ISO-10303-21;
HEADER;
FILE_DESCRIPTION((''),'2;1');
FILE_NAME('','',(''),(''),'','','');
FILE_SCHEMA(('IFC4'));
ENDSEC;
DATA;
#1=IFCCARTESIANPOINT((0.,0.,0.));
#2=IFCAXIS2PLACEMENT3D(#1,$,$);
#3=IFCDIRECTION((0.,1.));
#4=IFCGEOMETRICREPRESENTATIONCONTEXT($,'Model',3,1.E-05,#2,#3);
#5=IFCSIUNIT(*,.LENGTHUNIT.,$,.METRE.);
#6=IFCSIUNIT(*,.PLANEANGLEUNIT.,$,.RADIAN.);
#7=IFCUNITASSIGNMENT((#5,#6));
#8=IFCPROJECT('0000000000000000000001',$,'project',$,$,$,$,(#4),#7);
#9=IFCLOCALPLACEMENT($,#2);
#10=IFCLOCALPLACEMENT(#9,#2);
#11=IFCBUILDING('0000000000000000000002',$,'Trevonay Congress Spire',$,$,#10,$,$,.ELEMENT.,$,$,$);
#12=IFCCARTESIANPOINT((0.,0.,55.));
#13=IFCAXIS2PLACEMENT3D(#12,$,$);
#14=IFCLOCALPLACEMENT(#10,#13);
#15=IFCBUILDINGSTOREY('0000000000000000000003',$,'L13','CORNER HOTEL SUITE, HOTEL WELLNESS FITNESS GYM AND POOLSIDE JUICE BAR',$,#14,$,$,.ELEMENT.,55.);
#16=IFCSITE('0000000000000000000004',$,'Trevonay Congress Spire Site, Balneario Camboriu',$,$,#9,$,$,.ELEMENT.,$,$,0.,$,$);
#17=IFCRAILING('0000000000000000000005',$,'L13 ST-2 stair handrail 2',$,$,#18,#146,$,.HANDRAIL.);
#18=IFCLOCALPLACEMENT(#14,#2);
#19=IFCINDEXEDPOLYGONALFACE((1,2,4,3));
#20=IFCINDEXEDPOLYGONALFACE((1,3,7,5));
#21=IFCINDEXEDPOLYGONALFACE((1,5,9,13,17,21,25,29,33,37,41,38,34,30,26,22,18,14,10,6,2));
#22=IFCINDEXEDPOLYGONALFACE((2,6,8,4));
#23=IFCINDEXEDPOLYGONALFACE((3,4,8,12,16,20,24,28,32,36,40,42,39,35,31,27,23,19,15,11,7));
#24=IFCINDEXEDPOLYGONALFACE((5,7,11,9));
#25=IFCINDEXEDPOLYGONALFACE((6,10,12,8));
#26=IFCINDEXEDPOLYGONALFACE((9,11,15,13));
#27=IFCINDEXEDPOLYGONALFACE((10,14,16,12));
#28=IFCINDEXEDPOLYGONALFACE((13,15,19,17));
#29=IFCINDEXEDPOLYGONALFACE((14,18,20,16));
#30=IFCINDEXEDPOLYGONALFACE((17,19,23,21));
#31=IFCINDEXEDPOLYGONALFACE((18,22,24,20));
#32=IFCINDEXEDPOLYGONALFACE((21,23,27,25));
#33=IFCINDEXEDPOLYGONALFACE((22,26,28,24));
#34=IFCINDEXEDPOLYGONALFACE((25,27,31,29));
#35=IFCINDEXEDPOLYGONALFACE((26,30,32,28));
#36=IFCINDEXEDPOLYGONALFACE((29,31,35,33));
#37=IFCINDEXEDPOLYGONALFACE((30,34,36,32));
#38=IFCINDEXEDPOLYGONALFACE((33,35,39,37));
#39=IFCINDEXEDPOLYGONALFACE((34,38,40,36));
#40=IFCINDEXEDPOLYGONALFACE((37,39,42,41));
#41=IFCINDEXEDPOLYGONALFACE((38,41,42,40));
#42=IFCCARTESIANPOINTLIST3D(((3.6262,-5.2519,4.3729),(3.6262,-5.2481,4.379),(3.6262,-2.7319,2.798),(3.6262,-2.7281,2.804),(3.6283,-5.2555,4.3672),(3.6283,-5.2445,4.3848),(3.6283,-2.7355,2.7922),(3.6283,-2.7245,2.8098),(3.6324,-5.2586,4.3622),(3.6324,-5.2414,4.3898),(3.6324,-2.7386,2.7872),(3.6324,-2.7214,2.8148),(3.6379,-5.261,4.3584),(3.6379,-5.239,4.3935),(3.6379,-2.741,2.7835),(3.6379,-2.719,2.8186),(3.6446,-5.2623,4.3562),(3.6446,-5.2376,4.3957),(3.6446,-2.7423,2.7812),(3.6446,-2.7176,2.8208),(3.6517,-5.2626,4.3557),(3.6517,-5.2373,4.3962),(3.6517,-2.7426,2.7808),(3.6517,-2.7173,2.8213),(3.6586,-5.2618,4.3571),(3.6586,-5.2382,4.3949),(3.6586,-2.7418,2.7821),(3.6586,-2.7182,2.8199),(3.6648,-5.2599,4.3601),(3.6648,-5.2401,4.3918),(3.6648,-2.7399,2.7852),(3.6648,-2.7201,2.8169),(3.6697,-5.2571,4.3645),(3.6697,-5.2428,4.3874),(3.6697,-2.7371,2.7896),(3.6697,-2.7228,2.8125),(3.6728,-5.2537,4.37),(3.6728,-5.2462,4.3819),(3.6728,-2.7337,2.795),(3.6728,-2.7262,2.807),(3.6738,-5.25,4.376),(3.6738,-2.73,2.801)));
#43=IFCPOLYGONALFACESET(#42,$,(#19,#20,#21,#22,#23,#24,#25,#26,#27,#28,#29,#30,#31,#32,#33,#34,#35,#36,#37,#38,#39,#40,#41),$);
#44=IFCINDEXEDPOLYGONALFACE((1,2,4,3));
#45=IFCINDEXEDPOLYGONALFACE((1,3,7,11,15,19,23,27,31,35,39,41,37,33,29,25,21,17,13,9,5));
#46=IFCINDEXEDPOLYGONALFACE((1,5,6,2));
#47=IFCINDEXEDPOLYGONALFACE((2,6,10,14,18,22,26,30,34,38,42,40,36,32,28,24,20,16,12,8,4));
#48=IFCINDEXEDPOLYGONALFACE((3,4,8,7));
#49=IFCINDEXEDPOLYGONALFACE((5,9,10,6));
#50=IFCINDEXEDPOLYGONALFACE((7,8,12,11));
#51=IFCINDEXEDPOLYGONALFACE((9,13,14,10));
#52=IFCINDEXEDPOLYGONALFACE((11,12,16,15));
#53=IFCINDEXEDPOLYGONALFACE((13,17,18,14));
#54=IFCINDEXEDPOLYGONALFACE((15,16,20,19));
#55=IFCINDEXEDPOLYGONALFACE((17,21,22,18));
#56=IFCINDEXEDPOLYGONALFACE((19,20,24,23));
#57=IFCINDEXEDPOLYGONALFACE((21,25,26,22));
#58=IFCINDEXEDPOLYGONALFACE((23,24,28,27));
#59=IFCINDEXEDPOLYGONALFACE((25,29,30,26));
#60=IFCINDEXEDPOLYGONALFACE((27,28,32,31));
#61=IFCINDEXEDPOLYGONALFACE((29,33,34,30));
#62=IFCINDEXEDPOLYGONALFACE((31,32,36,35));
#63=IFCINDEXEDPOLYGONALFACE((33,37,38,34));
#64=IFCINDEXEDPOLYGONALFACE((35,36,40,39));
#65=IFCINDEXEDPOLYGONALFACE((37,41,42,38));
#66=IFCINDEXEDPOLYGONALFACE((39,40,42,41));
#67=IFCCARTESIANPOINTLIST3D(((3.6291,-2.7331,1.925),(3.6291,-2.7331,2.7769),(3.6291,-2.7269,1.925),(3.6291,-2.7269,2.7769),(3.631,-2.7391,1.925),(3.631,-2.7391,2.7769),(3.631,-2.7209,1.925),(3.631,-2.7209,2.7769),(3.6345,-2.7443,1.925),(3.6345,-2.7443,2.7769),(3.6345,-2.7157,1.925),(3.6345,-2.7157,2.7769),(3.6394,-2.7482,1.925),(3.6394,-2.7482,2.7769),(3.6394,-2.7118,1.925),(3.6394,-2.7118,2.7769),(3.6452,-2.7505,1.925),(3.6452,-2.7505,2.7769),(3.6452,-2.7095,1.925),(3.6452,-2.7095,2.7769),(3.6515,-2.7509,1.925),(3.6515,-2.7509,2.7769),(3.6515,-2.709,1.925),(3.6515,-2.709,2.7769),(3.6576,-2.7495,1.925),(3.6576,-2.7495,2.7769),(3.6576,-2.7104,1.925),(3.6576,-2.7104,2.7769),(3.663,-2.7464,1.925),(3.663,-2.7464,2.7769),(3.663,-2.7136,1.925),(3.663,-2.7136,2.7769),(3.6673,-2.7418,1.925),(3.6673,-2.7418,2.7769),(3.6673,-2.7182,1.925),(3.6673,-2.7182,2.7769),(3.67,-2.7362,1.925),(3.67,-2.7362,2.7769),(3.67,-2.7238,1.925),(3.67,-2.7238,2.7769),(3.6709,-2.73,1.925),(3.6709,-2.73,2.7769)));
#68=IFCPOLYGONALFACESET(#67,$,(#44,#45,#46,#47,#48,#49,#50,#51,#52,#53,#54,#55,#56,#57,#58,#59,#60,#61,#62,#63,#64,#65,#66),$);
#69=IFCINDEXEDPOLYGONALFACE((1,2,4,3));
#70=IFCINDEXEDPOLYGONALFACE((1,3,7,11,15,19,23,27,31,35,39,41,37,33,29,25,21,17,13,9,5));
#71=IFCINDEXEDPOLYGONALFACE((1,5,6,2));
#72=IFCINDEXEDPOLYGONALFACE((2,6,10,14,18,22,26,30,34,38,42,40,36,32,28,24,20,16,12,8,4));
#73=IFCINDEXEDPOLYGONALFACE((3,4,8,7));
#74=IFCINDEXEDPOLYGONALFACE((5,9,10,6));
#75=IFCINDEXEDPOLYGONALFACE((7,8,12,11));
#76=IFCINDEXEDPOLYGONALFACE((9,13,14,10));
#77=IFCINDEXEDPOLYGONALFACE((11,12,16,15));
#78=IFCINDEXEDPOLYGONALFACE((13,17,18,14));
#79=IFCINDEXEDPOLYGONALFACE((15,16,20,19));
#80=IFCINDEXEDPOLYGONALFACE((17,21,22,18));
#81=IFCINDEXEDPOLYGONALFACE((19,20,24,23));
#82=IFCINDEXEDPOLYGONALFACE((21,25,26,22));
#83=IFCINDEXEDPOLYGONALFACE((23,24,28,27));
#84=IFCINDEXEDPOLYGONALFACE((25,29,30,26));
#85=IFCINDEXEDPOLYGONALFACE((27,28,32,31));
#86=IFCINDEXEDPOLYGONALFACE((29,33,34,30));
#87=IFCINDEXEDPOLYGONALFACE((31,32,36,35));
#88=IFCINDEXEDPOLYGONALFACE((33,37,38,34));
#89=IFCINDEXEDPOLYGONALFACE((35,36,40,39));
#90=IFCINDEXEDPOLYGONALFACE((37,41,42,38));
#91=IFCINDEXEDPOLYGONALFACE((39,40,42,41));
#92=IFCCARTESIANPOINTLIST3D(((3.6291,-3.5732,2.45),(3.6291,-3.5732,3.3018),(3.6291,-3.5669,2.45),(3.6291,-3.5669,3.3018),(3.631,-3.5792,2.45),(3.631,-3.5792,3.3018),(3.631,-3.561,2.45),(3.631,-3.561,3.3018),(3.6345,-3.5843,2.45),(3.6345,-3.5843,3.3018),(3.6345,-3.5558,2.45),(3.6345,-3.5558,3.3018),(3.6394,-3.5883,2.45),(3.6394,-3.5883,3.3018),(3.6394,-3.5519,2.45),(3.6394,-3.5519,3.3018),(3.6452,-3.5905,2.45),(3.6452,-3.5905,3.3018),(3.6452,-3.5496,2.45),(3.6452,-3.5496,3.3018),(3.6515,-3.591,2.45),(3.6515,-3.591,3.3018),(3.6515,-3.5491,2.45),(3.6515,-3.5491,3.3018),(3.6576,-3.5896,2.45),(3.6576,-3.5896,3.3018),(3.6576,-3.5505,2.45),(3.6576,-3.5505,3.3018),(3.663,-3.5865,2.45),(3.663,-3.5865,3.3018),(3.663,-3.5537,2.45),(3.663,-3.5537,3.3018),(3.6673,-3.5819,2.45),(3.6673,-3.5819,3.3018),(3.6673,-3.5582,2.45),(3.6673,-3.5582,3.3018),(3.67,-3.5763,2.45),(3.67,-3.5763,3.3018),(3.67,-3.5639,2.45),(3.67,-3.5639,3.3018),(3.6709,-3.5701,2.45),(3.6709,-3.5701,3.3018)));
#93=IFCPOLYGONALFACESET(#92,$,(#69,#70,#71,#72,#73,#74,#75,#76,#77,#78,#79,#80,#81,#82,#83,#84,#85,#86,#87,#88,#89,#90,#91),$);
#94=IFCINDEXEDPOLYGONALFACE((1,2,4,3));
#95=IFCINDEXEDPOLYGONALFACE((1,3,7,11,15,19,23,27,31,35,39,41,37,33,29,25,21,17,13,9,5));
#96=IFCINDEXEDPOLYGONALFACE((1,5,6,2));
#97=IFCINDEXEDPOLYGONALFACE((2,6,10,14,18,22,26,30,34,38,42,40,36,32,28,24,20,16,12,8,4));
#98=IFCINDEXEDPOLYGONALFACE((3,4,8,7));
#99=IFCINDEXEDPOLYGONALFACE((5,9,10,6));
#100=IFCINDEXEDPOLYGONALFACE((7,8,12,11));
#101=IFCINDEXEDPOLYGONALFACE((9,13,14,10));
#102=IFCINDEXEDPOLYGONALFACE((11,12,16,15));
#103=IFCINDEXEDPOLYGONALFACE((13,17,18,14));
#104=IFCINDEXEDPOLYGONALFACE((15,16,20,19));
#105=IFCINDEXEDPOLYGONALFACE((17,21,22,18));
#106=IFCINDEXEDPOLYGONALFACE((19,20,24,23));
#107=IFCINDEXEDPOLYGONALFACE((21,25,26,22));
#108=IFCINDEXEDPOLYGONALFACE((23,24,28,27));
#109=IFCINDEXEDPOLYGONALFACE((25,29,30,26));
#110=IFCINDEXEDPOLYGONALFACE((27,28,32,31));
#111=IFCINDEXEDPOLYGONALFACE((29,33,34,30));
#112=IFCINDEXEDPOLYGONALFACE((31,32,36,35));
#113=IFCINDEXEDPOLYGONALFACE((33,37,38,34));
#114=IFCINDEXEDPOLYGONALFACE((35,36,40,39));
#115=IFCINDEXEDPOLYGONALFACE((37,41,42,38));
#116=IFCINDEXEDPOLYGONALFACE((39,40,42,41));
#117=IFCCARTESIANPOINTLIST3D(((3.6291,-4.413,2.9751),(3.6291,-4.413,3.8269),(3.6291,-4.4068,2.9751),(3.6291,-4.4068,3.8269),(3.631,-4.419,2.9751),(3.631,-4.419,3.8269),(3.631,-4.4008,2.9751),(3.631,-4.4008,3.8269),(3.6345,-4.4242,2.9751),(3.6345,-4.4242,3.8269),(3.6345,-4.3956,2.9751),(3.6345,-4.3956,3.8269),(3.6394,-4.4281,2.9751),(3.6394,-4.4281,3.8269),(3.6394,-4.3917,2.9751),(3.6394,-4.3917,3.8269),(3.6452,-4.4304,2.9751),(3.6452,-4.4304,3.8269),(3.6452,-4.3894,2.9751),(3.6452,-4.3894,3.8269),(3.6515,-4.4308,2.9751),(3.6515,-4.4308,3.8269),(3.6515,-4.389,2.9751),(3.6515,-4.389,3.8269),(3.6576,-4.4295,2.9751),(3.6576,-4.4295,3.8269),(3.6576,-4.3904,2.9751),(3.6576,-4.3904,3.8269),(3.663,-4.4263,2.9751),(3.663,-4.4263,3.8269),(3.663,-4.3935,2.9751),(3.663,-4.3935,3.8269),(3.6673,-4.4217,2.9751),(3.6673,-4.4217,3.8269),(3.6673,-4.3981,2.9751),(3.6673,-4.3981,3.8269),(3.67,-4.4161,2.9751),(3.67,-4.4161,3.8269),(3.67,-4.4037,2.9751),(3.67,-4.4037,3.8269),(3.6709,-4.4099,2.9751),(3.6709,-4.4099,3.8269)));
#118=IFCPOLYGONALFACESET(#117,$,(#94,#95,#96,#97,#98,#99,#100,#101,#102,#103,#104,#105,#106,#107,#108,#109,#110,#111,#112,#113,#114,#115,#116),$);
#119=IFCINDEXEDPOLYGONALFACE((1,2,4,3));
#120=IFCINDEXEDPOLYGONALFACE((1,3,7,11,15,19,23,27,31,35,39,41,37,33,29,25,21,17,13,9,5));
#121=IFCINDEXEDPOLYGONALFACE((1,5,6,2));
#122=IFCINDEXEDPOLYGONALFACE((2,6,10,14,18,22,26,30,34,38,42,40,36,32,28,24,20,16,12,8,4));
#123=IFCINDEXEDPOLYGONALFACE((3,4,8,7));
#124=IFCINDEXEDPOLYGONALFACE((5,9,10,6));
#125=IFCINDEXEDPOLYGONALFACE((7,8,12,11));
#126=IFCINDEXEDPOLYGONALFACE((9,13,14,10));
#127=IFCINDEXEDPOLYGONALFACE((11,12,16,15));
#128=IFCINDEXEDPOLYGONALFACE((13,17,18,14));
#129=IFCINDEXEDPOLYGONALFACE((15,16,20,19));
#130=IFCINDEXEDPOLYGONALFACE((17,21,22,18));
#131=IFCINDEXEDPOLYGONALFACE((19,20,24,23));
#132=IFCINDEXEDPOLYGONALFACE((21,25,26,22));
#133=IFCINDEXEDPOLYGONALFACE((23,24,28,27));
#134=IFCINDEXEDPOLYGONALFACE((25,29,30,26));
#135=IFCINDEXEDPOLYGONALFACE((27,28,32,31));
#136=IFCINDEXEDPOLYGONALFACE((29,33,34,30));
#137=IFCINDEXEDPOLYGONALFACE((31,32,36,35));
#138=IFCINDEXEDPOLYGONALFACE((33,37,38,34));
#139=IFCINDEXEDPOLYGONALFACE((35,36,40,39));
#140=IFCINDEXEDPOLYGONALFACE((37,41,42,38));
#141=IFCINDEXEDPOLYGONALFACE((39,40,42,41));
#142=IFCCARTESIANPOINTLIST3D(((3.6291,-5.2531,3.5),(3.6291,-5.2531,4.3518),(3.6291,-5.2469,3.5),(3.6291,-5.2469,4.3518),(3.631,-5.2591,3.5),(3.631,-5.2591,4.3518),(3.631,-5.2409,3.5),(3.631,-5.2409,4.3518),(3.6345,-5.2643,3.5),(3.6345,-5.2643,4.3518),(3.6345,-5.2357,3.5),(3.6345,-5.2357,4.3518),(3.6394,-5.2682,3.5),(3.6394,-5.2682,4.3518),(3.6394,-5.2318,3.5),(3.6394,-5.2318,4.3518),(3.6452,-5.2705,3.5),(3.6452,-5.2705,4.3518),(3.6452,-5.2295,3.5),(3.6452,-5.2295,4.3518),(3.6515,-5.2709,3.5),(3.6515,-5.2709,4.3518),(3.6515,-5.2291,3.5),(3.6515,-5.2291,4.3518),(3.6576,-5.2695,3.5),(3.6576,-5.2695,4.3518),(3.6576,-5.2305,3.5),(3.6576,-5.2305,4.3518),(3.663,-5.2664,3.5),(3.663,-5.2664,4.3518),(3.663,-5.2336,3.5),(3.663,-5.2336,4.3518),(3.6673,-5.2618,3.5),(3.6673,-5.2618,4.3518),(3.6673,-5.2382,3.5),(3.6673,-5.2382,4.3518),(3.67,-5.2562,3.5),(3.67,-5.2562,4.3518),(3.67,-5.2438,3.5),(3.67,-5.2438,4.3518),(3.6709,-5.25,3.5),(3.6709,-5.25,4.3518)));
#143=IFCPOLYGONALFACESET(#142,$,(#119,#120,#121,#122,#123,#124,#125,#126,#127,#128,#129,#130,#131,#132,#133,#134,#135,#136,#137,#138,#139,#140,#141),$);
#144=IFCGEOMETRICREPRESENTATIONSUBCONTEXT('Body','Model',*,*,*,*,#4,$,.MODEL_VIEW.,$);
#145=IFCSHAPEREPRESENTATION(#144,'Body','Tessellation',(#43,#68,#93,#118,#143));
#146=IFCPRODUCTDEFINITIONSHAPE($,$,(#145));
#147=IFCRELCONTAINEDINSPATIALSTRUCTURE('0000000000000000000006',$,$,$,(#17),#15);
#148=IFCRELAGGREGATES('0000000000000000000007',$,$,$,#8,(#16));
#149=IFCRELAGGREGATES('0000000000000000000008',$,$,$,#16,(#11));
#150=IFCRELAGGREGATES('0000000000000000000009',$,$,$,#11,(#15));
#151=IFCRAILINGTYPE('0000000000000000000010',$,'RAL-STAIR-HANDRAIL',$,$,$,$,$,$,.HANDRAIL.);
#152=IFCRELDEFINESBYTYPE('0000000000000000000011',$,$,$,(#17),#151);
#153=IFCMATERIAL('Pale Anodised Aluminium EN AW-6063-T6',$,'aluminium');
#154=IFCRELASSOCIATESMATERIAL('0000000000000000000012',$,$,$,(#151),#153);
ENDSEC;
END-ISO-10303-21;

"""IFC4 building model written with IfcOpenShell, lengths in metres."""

from ifc_helpers import new_model, si_unit, direction, frame, origin, origin_2d, place, context, subcontext, project, spatial, circle, extrude, material, type_object, element, save


model = new_model("IFC4")

# Units and contexts
model_context = context("Model", 3, precision=1e-05, world=origin(), true_north=direction((0.0, 1.0)))
body_context = subcontext(model_context, "Body", "Model", "MODEL_VIEW")
ifc_project = project(units=[si_unit("LENGTHUNIT", "METRE"), si_unit("PLANEANGLEUNIT", "RADIAN")], contexts=[model_context])

# Site, building, storey
site_placement = place(None, origin())
site = spatial("IfcSite", under=ifc_project, at=site_placement, Name="Trevonay Congress Spire Site, Balneario Camboriu", CompositionType="ELEMENT", RefElevation=0.0)
building_placement = place(site_placement, origin())
building = spatial("IfcBuilding", under=site, at=building_placement, Name="Trevonay Congress Spire", CompositionType="ELEMENT")
storey_placement = place(building_placement, frame((0.0, 0.0, 55.0)))
storey = spatial("IfcBuildingStorey", under=building, at=storey_placement, Name="L13", Description="CORNER HOTEL SUITE, HOTEL WELLNESS FITNESS GYM AND POOLSIDE JUICE BAR", CompositionType="ELEMENT", Elevation=55.0)

# Railing
ifc_material_1 = material(Name="Pale Anodised Aluminium EN AW-6063-T6", Category="aluminium")
railing_type_1 = type_object("IfcRailingType", Name="RAL-STAIR-HANDRAIL", PredefinedType="HANDRAIL", material=ifc_material_1)
railing_1_placement = place(storey_placement, frame((3.6499, -2.73, 1.925)))
element("IfcRailing", 1, at=railing_1_placement, inside=storey, type_object=railing_type_1, Name="L13 ST-2 stair handrail 2", PredefinedType="HANDRAIL", context=body_context, shape_type="SweptSolid", body=[
    extrude(circle(Radius=0.0239, at=origin_2d()), frame((0.0, 0.0, 0.876), z_axis=(0.0, -0.848008, 0.529984), x_axis=(1.0, 0.0, 0.0)), (0.0, 0.0, 1.0), 2.9717),
    extrude(circle(Radius=0.021, at=origin_2d()), origin(), (0.0, 0.0, 1.0), 0.8518),
    extrude(circle(Radius=0.021, at=origin_2d()), frame((0.0, -0.8401, 0.5249)), (0.0, 0.0, 1.0), 0.8518),
    extrude(circle(Radius=0.021, at=origin_2d()), frame((0.0, -1.6799, 1.05)), (0.0, 0.0, 1.0), 0.8518),
    extrude(circle(Radius=0.021, at=origin_2d()), frame((0.0, -2.52, 1.575)), (0.0, 0.0, 1.0), 0.8518),
])

save(model, "model.ifc")
